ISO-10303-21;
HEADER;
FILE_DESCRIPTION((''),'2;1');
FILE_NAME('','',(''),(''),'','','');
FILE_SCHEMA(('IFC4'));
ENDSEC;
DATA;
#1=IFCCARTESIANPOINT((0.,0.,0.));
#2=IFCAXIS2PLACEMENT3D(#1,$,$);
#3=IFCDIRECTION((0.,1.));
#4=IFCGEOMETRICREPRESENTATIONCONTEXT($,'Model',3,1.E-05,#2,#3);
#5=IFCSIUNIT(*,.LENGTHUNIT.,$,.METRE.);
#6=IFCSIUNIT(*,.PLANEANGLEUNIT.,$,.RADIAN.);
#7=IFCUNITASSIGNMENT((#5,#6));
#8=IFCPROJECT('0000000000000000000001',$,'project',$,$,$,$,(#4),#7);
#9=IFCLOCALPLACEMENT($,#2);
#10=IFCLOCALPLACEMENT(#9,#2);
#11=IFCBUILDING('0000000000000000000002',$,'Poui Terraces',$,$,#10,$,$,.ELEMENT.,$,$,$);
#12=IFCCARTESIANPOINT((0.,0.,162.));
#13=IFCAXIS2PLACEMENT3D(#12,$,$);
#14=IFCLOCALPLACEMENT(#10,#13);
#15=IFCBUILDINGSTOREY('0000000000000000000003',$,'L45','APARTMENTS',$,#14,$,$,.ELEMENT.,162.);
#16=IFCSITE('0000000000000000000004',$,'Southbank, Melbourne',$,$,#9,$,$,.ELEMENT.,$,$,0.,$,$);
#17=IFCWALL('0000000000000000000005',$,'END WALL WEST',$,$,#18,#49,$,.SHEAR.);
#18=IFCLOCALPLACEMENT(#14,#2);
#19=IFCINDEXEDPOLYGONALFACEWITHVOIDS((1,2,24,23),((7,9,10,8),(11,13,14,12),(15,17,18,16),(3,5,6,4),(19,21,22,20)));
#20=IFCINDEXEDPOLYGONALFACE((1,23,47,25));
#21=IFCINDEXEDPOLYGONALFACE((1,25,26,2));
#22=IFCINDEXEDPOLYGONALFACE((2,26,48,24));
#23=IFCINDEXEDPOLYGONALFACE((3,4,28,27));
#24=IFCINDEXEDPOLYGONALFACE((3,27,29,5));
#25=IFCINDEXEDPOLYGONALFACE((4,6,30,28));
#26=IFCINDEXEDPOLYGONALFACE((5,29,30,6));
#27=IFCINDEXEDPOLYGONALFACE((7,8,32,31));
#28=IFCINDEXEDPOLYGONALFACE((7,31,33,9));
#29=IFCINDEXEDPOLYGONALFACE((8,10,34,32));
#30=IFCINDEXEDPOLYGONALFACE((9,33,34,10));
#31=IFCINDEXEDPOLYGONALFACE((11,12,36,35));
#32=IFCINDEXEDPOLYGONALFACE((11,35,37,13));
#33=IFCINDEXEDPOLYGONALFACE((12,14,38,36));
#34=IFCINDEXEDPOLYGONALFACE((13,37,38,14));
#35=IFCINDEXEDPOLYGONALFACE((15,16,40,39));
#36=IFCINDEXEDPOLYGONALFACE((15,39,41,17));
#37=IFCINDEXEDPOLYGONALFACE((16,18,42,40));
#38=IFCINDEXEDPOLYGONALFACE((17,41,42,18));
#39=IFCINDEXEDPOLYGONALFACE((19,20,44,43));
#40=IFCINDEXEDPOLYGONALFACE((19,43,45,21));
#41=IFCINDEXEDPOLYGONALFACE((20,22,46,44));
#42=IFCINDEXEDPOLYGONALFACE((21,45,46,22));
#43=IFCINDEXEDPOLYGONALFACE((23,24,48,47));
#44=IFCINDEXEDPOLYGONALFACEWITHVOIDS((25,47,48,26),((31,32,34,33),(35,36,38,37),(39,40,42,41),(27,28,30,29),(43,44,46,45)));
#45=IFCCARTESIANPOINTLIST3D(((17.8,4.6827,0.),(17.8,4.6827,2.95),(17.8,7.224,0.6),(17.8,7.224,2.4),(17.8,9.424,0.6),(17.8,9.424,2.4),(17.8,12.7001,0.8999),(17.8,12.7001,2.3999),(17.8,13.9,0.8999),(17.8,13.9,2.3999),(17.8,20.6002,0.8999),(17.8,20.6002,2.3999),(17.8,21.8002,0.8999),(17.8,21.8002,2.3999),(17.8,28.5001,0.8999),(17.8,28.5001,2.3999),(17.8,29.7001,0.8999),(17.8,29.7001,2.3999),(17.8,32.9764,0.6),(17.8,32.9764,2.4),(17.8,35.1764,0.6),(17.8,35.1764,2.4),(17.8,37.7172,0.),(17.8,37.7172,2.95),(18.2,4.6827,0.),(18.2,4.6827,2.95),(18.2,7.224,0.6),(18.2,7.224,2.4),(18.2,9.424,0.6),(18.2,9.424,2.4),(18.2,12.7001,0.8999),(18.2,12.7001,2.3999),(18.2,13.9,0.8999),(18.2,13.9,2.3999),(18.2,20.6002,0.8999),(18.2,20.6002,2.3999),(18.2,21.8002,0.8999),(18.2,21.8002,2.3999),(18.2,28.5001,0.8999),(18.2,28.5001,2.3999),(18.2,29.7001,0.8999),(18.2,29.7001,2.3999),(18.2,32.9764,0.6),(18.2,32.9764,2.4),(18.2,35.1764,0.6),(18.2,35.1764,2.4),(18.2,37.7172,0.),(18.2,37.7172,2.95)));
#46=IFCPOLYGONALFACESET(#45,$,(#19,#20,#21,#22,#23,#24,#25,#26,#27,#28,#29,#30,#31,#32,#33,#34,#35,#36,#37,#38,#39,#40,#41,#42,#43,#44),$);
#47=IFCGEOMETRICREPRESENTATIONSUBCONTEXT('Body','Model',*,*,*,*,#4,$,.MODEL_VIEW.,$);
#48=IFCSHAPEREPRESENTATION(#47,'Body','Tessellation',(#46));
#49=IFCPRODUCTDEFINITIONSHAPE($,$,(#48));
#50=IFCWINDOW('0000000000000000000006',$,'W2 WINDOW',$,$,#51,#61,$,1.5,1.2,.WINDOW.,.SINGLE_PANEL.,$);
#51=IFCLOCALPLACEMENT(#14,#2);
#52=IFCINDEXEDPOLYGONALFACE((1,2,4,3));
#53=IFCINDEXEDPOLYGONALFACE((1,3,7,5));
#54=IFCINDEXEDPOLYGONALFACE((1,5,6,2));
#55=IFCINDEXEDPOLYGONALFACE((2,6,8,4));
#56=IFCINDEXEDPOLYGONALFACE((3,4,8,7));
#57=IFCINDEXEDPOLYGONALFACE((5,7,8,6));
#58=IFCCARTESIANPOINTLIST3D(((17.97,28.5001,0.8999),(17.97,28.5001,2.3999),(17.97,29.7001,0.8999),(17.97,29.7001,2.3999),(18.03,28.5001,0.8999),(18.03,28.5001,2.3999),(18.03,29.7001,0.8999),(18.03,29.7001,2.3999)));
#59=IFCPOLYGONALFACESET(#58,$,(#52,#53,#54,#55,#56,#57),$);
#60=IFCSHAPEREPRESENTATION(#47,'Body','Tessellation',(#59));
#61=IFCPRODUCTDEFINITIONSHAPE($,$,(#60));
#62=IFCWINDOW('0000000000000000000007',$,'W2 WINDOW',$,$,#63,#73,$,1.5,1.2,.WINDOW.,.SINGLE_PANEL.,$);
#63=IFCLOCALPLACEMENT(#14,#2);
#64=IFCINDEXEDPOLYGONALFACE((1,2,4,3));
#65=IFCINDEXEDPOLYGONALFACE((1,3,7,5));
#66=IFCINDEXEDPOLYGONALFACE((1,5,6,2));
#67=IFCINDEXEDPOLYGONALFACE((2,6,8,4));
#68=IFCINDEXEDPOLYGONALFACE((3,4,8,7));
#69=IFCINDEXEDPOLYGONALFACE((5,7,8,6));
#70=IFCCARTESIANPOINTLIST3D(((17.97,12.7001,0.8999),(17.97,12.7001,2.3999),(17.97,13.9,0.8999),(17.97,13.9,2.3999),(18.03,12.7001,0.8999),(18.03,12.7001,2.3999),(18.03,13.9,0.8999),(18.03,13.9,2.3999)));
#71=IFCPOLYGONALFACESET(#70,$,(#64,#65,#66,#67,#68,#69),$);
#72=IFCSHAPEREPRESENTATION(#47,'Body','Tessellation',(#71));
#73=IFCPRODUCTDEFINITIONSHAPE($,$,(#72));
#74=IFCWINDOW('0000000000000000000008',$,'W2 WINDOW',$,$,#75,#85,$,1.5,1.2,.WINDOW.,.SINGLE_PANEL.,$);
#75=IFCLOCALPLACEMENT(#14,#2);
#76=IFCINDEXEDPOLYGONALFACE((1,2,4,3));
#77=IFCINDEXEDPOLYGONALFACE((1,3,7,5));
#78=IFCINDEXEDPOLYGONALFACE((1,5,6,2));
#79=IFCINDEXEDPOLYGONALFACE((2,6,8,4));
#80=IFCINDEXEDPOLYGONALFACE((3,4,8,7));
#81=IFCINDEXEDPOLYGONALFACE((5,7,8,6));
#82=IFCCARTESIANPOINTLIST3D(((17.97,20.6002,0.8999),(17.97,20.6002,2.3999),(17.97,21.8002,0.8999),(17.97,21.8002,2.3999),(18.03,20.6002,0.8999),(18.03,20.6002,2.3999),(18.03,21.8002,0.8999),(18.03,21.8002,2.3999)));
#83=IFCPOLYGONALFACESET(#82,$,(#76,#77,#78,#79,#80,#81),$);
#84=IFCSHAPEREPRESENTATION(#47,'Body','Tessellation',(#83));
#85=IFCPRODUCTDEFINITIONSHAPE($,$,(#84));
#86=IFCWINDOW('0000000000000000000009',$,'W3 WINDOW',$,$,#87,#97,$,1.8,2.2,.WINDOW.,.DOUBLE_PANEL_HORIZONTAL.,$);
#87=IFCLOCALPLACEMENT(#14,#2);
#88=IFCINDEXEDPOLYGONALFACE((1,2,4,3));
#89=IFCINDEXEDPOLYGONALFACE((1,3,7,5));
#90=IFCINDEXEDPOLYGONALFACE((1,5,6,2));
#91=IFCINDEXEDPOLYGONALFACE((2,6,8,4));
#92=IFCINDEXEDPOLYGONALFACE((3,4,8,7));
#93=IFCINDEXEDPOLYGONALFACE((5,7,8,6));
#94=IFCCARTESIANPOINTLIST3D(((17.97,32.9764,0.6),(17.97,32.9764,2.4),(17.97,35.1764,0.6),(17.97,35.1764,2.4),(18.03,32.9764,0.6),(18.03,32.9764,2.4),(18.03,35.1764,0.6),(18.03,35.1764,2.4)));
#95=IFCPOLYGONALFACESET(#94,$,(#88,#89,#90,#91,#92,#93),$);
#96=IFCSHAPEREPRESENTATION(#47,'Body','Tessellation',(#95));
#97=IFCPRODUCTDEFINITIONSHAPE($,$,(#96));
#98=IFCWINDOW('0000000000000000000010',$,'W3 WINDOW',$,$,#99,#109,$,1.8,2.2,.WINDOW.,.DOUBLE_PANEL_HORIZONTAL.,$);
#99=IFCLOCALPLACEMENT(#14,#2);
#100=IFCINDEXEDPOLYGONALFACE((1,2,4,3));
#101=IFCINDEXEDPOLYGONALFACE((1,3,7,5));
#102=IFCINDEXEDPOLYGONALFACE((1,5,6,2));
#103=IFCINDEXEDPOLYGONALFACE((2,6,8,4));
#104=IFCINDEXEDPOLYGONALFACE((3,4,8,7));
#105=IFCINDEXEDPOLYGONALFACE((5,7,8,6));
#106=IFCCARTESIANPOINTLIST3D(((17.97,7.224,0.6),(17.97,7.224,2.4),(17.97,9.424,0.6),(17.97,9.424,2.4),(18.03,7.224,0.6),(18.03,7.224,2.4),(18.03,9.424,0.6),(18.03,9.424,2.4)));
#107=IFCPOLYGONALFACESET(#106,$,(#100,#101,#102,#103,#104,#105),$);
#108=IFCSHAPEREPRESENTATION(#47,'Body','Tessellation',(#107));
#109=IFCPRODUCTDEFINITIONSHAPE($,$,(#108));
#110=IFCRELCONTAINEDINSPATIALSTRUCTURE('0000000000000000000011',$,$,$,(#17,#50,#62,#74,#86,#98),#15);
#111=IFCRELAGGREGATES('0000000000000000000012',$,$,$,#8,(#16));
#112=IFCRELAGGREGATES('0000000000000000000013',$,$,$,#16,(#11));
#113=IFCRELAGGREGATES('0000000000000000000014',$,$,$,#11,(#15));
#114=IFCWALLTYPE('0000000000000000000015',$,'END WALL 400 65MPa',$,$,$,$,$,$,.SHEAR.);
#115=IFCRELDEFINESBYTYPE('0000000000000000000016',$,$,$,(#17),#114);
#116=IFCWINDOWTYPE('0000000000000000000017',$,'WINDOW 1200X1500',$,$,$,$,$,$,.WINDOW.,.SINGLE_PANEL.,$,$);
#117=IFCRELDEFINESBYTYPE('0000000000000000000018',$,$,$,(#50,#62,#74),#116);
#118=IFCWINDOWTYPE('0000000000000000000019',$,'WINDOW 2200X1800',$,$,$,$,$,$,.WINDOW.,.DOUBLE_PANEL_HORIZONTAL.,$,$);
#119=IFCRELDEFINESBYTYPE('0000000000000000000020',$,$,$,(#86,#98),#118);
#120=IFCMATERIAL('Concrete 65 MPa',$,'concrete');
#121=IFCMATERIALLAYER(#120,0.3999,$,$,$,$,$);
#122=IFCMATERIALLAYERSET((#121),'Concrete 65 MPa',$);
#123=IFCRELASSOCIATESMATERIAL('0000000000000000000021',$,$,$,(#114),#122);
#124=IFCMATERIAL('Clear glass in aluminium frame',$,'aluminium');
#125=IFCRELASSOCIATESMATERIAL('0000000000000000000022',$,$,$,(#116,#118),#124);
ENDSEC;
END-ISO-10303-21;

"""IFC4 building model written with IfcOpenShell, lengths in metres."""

from ifc_helpers import new_model, si_unit, direction, frame, frame_2d, origin, place, context, subcontext, project, spatial, rectangle, extrude, material, layer, layer_set, type_object, element, fill, save


model = new_model("IFC4")

# Units and contexts
model_context = context("Model", 3, precision=1e-05, world=origin(), true_north=direction((0.0, 1.0)))
body_context = subcontext(model_context, "Body", "Model", "MODEL_VIEW")
ifc_project = project(units=[si_unit("LENGTHUNIT", "METRE"), si_unit("PLANEANGLEUNIT", "RADIAN")], contexts=[model_context])

# Site, building, storey
site_placement = place(None, origin())
site = spatial("IfcSite", under=ifc_project, at=site_placement, Name="Southbank, Melbourne", CompositionType="ELEMENT", RefElevation=0.0)
building_placement = place(site_placement, origin())
building = spatial("IfcBuilding", under=site, at=building_placement, Name="Poui Terraces", CompositionType="ELEMENT")
storey_placement = place(building_placement, frame((0.0, 0.0, 162.0)))
storey = spatial("IfcBuildingStorey", under=building, at=storey_placement, Name="L45", Description="APARTMENTS", CompositionType="ELEMENT", Elevation=162.0)

# Shared definitions
ifc_material_1 = material(Name="Concrete 65 MPa", Category="concrete")

# Wall, openings, windows
ifc_layer_1 = layer(ifc_material_1, 0.3999)
ifc_layer_set_1 = layer_set([ifc_layer_1], Name="Concrete 65 MPa")
wall_type_1 = type_object("IfcWallType", Name="END WALL 400 65MPa", PredefinedType="SHEAR", material=ifc_layer_set_1)
wall_1_placement = place(storey_placement, frame((18.0, 4.6829, 0.0), z_axis=(0.0, 0.0, 1.0), x_axis=(0.0, 1.0, 0.0)))
wall_1 = element("IfcWall", 1, at=wall_1_placement, inside=storey, type_object=wall_type_1, Name="END WALL WEST", PredefinedType="SHEAR", context=body_context, shape_type="SweptSolid", body=[
    extrude(rectangle(XDim=33.0344, YDim=0.3999, at=frame_2d((16.5171, 0.0))), origin(), (0.0, 0.0, 1.0), 2.95),
])
opening_1_placement = place(wall_1_placement, frame((23.8171, 0.0, 0.8999)))
opening_1 = element("IfcOpeningElement", 2, at=opening_1_placement, cuts=wall_1, PredefinedType="OPENING", context=body_context, shape_type="SweptSolid", body=[
    extrude(rectangle(XDim=1.2, YDim=1.5, at=frame_2d((0.6001, 0.75))), frame((0.0, 0.21, 0.0), z_axis=(0.0, -1.0, 0.0), x_axis=(1.0, 0.0, 0.0)), (0.0, 0.0, 1.0), 0.4199),
])
opening_2_placement = place(wall_1_placement, frame((8.0171, 0.0, 0.8999)))
opening_2 = element("IfcOpeningElement", 3, at=opening_2_placement, cuts=wall_1, PredefinedType="OPENING", context=body_context, shape_type="SweptSolid", body=[
    extrude(rectangle(XDim=1.2, YDim=1.5, at=frame_2d((0.6001, 0.75))), frame((0.0, 0.21, 0.0), z_axis=(0.0, -1.0, 0.0), x_axis=(1.0, 0.0, 0.0)), (0.0, 0.0, 1.0), 0.4199),
])
opening_3_placement = place(wall_1_placement, frame((28.2935, 0.0, 0.6001)))
opening_3 = element("IfcOpeningElement", 4, at=opening_3_placement, cuts=wall_1, PredefinedType="OPENING", context=body_context, shape_type="SweptSolid", body=[
    extrude(rectangle(XDim=2.2, YDim=1.8, at=frame_2d((1.1001, 0.8999))), frame((0.0, 0.21, 0.0), z_axis=(0.0, -1.0, 0.0), x_axis=(1.0, 0.0, 0.0)), (0.0, 0.0, 1.0), 0.4199),
])
opening_4_placement = place(wall_1_placement, frame((2.541, 0.0, 0.6001)))
opening_4 = element("IfcOpeningElement", 5, at=opening_4_placement, cuts=wall_1, PredefinedType="OPENING", context=body_context, shape_type="SweptSolid", body=[
    extrude(rectangle(XDim=2.2, YDim=1.8, at=frame_2d((1.1001, 0.8999))), frame((0.0, 0.21, 0.0), z_axis=(0.0, -1.0, 0.0), x_axis=(1.0, 0.0, 0.0)), (0.0, 0.0, 1.0), 0.4199),
])
opening_5_placement = place(wall_1_placement, frame((15.9172, 0.0, 0.8999)))
opening_5 = element("IfcOpeningElement", 6, at=opening_5_placement, cuts=wall_1, PredefinedType="OPENING", context=body_context, shape_type="SweptSolid", body=[
    extrude(rectangle(XDim=1.2, YDim=1.5, at=frame_2d((0.6001, 0.75))), frame((0.0, 0.21, 0.0), z_axis=(0.0, -1.0, 0.0), x_axis=(1.0, 0.0, 0.0)), (0.0, 0.0, 1.0), 0.4199),
])
ifc_material_2 = material(Name="Clear glass in aluminium frame", Category="aluminium")
window_type_1 = type_object("IfcWindowType", Name="WINDOW 1200X1500", PartitioningType="SINGLE_PANEL", PredefinedType="WINDOW", material=ifc_material_2)
window_1_placement = place(opening_1_placement, origin())
window_1 = element("IfcWindow", 7, at=window_1_placement, inside=storey, type_object=window_type_1, Name="W2 WINDOW", OverallHeight=1.5, OverallWidth=1.2, PartitioningType="SINGLE_PANEL", PredefinedType="WINDOW", context=body_context, shape_type="SweptSolid", body=[
    extrude(rectangle(XDim=1.2, YDim=1.5, at=frame_2d((0.6001, 0.75))), frame((0.0, 0.03, 0.0), z_axis=(0.0, -1.0, 0.0), x_axis=(1.0, 0.0, 0.0)), (0.0, 0.0, 1.0), 0.0601),
])
fill(opening_1, window_1)
window_2_placement = place(opening_2_placement, origin())
window_2 = element("IfcWindow", 8, at=window_2_placement, inside=storey, type_object=window_type_1, Name="W2 WINDOW", OverallHeight=1.5, OverallWidth=1.2, PartitioningType="SINGLE_PANEL", PredefinedType="WINDOW", context=body_context, shape_type="SweptSolid", body=[
    extrude(rectangle(XDim=1.2, YDim=1.5, at=frame_2d((0.6001, 0.75))), frame((0.0, 0.03, 0.0), z_axis=(0.0, -1.0, 0.0), x_axis=(1.0, 0.0, 0.0)), (0.0, 0.0, 1.0), 0.0601),
])
fill(opening_2, window_2)
window_3_placement = place(opening_5_placement, origin())
window_3 = element("IfcWindow", 9, at=window_3_placement, inside=storey, type_object=window_type_1, Name="W2 WINDOW", OverallHeight=1.5, OverallWidth=1.2, PartitioningType="SINGLE_PANEL", PredefinedType="WINDOW", context=body_context, shape_type="SweptSolid", body=[
    extrude(rectangle(XDim=1.2, YDim=1.5, at=frame_2d((0.6001, 0.75))), frame((0.0, 0.03, 0.0), z_axis=(0.0, -1.0, 0.0), x_axis=(1.0, 0.0, 0.0)), (0.0, 0.0, 1.0), 0.0601),
])
fill(opening_5, window_3)
window_type_2 = type_object("IfcWindowType", Name="WINDOW 2200X1800", PartitioningType="DOUBLE_PANEL_HORIZONTAL", PredefinedType="WINDOW", material=ifc_material_2)
window_4_placement = place(opening_3_placement, origin())
window_4 = element("IfcWindow", 10, at=window_4_placement, inside=storey, type_object=window_type_2, Name="W3 WINDOW", OverallHeight=1.8, OverallWidth=2.2, PartitioningType="DOUBLE_PANEL_HORIZONTAL", PredefinedType="WINDOW", context=body_context, shape_type="SweptSolid", body=[
    extrude(rectangle(XDim=2.2, YDim=1.8, at=frame_2d((1.1001, 0.8999))), frame((0.0, 0.03, 0.0), z_axis=(0.0, -1.0, 0.0), x_axis=(1.0, 0.0, 0.0)), (0.0, 0.0, 1.0), 0.0601),
])
fill(opening_3, window_4)
window_5_placement = place(opening_4_placement, origin())
window_5 = element("IfcWindow", 11, at=window_5_placement, inside=storey, type_object=window_type_2, Name="W3 WINDOW", OverallHeight=1.8, OverallWidth=2.2, PartitioningType="DOUBLE_PANEL_HORIZONTAL", PredefinedType="WINDOW", context=body_context, shape_type="SweptSolid", body=[
    extrude(rectangle(XDim=2.2, YDim=1.8, at=frame_2d((1.1001, 0.8999))), frame((0.0, 0.03, 0.0), z_axis=(0.0, -1.0, 0.0), x_axis=(1.0, 0.0, 0.0)), (0.0, 0.0, 1.0), 0.0601),
])
fill(opening_4, window_5)

save(model, "model.ifc")
